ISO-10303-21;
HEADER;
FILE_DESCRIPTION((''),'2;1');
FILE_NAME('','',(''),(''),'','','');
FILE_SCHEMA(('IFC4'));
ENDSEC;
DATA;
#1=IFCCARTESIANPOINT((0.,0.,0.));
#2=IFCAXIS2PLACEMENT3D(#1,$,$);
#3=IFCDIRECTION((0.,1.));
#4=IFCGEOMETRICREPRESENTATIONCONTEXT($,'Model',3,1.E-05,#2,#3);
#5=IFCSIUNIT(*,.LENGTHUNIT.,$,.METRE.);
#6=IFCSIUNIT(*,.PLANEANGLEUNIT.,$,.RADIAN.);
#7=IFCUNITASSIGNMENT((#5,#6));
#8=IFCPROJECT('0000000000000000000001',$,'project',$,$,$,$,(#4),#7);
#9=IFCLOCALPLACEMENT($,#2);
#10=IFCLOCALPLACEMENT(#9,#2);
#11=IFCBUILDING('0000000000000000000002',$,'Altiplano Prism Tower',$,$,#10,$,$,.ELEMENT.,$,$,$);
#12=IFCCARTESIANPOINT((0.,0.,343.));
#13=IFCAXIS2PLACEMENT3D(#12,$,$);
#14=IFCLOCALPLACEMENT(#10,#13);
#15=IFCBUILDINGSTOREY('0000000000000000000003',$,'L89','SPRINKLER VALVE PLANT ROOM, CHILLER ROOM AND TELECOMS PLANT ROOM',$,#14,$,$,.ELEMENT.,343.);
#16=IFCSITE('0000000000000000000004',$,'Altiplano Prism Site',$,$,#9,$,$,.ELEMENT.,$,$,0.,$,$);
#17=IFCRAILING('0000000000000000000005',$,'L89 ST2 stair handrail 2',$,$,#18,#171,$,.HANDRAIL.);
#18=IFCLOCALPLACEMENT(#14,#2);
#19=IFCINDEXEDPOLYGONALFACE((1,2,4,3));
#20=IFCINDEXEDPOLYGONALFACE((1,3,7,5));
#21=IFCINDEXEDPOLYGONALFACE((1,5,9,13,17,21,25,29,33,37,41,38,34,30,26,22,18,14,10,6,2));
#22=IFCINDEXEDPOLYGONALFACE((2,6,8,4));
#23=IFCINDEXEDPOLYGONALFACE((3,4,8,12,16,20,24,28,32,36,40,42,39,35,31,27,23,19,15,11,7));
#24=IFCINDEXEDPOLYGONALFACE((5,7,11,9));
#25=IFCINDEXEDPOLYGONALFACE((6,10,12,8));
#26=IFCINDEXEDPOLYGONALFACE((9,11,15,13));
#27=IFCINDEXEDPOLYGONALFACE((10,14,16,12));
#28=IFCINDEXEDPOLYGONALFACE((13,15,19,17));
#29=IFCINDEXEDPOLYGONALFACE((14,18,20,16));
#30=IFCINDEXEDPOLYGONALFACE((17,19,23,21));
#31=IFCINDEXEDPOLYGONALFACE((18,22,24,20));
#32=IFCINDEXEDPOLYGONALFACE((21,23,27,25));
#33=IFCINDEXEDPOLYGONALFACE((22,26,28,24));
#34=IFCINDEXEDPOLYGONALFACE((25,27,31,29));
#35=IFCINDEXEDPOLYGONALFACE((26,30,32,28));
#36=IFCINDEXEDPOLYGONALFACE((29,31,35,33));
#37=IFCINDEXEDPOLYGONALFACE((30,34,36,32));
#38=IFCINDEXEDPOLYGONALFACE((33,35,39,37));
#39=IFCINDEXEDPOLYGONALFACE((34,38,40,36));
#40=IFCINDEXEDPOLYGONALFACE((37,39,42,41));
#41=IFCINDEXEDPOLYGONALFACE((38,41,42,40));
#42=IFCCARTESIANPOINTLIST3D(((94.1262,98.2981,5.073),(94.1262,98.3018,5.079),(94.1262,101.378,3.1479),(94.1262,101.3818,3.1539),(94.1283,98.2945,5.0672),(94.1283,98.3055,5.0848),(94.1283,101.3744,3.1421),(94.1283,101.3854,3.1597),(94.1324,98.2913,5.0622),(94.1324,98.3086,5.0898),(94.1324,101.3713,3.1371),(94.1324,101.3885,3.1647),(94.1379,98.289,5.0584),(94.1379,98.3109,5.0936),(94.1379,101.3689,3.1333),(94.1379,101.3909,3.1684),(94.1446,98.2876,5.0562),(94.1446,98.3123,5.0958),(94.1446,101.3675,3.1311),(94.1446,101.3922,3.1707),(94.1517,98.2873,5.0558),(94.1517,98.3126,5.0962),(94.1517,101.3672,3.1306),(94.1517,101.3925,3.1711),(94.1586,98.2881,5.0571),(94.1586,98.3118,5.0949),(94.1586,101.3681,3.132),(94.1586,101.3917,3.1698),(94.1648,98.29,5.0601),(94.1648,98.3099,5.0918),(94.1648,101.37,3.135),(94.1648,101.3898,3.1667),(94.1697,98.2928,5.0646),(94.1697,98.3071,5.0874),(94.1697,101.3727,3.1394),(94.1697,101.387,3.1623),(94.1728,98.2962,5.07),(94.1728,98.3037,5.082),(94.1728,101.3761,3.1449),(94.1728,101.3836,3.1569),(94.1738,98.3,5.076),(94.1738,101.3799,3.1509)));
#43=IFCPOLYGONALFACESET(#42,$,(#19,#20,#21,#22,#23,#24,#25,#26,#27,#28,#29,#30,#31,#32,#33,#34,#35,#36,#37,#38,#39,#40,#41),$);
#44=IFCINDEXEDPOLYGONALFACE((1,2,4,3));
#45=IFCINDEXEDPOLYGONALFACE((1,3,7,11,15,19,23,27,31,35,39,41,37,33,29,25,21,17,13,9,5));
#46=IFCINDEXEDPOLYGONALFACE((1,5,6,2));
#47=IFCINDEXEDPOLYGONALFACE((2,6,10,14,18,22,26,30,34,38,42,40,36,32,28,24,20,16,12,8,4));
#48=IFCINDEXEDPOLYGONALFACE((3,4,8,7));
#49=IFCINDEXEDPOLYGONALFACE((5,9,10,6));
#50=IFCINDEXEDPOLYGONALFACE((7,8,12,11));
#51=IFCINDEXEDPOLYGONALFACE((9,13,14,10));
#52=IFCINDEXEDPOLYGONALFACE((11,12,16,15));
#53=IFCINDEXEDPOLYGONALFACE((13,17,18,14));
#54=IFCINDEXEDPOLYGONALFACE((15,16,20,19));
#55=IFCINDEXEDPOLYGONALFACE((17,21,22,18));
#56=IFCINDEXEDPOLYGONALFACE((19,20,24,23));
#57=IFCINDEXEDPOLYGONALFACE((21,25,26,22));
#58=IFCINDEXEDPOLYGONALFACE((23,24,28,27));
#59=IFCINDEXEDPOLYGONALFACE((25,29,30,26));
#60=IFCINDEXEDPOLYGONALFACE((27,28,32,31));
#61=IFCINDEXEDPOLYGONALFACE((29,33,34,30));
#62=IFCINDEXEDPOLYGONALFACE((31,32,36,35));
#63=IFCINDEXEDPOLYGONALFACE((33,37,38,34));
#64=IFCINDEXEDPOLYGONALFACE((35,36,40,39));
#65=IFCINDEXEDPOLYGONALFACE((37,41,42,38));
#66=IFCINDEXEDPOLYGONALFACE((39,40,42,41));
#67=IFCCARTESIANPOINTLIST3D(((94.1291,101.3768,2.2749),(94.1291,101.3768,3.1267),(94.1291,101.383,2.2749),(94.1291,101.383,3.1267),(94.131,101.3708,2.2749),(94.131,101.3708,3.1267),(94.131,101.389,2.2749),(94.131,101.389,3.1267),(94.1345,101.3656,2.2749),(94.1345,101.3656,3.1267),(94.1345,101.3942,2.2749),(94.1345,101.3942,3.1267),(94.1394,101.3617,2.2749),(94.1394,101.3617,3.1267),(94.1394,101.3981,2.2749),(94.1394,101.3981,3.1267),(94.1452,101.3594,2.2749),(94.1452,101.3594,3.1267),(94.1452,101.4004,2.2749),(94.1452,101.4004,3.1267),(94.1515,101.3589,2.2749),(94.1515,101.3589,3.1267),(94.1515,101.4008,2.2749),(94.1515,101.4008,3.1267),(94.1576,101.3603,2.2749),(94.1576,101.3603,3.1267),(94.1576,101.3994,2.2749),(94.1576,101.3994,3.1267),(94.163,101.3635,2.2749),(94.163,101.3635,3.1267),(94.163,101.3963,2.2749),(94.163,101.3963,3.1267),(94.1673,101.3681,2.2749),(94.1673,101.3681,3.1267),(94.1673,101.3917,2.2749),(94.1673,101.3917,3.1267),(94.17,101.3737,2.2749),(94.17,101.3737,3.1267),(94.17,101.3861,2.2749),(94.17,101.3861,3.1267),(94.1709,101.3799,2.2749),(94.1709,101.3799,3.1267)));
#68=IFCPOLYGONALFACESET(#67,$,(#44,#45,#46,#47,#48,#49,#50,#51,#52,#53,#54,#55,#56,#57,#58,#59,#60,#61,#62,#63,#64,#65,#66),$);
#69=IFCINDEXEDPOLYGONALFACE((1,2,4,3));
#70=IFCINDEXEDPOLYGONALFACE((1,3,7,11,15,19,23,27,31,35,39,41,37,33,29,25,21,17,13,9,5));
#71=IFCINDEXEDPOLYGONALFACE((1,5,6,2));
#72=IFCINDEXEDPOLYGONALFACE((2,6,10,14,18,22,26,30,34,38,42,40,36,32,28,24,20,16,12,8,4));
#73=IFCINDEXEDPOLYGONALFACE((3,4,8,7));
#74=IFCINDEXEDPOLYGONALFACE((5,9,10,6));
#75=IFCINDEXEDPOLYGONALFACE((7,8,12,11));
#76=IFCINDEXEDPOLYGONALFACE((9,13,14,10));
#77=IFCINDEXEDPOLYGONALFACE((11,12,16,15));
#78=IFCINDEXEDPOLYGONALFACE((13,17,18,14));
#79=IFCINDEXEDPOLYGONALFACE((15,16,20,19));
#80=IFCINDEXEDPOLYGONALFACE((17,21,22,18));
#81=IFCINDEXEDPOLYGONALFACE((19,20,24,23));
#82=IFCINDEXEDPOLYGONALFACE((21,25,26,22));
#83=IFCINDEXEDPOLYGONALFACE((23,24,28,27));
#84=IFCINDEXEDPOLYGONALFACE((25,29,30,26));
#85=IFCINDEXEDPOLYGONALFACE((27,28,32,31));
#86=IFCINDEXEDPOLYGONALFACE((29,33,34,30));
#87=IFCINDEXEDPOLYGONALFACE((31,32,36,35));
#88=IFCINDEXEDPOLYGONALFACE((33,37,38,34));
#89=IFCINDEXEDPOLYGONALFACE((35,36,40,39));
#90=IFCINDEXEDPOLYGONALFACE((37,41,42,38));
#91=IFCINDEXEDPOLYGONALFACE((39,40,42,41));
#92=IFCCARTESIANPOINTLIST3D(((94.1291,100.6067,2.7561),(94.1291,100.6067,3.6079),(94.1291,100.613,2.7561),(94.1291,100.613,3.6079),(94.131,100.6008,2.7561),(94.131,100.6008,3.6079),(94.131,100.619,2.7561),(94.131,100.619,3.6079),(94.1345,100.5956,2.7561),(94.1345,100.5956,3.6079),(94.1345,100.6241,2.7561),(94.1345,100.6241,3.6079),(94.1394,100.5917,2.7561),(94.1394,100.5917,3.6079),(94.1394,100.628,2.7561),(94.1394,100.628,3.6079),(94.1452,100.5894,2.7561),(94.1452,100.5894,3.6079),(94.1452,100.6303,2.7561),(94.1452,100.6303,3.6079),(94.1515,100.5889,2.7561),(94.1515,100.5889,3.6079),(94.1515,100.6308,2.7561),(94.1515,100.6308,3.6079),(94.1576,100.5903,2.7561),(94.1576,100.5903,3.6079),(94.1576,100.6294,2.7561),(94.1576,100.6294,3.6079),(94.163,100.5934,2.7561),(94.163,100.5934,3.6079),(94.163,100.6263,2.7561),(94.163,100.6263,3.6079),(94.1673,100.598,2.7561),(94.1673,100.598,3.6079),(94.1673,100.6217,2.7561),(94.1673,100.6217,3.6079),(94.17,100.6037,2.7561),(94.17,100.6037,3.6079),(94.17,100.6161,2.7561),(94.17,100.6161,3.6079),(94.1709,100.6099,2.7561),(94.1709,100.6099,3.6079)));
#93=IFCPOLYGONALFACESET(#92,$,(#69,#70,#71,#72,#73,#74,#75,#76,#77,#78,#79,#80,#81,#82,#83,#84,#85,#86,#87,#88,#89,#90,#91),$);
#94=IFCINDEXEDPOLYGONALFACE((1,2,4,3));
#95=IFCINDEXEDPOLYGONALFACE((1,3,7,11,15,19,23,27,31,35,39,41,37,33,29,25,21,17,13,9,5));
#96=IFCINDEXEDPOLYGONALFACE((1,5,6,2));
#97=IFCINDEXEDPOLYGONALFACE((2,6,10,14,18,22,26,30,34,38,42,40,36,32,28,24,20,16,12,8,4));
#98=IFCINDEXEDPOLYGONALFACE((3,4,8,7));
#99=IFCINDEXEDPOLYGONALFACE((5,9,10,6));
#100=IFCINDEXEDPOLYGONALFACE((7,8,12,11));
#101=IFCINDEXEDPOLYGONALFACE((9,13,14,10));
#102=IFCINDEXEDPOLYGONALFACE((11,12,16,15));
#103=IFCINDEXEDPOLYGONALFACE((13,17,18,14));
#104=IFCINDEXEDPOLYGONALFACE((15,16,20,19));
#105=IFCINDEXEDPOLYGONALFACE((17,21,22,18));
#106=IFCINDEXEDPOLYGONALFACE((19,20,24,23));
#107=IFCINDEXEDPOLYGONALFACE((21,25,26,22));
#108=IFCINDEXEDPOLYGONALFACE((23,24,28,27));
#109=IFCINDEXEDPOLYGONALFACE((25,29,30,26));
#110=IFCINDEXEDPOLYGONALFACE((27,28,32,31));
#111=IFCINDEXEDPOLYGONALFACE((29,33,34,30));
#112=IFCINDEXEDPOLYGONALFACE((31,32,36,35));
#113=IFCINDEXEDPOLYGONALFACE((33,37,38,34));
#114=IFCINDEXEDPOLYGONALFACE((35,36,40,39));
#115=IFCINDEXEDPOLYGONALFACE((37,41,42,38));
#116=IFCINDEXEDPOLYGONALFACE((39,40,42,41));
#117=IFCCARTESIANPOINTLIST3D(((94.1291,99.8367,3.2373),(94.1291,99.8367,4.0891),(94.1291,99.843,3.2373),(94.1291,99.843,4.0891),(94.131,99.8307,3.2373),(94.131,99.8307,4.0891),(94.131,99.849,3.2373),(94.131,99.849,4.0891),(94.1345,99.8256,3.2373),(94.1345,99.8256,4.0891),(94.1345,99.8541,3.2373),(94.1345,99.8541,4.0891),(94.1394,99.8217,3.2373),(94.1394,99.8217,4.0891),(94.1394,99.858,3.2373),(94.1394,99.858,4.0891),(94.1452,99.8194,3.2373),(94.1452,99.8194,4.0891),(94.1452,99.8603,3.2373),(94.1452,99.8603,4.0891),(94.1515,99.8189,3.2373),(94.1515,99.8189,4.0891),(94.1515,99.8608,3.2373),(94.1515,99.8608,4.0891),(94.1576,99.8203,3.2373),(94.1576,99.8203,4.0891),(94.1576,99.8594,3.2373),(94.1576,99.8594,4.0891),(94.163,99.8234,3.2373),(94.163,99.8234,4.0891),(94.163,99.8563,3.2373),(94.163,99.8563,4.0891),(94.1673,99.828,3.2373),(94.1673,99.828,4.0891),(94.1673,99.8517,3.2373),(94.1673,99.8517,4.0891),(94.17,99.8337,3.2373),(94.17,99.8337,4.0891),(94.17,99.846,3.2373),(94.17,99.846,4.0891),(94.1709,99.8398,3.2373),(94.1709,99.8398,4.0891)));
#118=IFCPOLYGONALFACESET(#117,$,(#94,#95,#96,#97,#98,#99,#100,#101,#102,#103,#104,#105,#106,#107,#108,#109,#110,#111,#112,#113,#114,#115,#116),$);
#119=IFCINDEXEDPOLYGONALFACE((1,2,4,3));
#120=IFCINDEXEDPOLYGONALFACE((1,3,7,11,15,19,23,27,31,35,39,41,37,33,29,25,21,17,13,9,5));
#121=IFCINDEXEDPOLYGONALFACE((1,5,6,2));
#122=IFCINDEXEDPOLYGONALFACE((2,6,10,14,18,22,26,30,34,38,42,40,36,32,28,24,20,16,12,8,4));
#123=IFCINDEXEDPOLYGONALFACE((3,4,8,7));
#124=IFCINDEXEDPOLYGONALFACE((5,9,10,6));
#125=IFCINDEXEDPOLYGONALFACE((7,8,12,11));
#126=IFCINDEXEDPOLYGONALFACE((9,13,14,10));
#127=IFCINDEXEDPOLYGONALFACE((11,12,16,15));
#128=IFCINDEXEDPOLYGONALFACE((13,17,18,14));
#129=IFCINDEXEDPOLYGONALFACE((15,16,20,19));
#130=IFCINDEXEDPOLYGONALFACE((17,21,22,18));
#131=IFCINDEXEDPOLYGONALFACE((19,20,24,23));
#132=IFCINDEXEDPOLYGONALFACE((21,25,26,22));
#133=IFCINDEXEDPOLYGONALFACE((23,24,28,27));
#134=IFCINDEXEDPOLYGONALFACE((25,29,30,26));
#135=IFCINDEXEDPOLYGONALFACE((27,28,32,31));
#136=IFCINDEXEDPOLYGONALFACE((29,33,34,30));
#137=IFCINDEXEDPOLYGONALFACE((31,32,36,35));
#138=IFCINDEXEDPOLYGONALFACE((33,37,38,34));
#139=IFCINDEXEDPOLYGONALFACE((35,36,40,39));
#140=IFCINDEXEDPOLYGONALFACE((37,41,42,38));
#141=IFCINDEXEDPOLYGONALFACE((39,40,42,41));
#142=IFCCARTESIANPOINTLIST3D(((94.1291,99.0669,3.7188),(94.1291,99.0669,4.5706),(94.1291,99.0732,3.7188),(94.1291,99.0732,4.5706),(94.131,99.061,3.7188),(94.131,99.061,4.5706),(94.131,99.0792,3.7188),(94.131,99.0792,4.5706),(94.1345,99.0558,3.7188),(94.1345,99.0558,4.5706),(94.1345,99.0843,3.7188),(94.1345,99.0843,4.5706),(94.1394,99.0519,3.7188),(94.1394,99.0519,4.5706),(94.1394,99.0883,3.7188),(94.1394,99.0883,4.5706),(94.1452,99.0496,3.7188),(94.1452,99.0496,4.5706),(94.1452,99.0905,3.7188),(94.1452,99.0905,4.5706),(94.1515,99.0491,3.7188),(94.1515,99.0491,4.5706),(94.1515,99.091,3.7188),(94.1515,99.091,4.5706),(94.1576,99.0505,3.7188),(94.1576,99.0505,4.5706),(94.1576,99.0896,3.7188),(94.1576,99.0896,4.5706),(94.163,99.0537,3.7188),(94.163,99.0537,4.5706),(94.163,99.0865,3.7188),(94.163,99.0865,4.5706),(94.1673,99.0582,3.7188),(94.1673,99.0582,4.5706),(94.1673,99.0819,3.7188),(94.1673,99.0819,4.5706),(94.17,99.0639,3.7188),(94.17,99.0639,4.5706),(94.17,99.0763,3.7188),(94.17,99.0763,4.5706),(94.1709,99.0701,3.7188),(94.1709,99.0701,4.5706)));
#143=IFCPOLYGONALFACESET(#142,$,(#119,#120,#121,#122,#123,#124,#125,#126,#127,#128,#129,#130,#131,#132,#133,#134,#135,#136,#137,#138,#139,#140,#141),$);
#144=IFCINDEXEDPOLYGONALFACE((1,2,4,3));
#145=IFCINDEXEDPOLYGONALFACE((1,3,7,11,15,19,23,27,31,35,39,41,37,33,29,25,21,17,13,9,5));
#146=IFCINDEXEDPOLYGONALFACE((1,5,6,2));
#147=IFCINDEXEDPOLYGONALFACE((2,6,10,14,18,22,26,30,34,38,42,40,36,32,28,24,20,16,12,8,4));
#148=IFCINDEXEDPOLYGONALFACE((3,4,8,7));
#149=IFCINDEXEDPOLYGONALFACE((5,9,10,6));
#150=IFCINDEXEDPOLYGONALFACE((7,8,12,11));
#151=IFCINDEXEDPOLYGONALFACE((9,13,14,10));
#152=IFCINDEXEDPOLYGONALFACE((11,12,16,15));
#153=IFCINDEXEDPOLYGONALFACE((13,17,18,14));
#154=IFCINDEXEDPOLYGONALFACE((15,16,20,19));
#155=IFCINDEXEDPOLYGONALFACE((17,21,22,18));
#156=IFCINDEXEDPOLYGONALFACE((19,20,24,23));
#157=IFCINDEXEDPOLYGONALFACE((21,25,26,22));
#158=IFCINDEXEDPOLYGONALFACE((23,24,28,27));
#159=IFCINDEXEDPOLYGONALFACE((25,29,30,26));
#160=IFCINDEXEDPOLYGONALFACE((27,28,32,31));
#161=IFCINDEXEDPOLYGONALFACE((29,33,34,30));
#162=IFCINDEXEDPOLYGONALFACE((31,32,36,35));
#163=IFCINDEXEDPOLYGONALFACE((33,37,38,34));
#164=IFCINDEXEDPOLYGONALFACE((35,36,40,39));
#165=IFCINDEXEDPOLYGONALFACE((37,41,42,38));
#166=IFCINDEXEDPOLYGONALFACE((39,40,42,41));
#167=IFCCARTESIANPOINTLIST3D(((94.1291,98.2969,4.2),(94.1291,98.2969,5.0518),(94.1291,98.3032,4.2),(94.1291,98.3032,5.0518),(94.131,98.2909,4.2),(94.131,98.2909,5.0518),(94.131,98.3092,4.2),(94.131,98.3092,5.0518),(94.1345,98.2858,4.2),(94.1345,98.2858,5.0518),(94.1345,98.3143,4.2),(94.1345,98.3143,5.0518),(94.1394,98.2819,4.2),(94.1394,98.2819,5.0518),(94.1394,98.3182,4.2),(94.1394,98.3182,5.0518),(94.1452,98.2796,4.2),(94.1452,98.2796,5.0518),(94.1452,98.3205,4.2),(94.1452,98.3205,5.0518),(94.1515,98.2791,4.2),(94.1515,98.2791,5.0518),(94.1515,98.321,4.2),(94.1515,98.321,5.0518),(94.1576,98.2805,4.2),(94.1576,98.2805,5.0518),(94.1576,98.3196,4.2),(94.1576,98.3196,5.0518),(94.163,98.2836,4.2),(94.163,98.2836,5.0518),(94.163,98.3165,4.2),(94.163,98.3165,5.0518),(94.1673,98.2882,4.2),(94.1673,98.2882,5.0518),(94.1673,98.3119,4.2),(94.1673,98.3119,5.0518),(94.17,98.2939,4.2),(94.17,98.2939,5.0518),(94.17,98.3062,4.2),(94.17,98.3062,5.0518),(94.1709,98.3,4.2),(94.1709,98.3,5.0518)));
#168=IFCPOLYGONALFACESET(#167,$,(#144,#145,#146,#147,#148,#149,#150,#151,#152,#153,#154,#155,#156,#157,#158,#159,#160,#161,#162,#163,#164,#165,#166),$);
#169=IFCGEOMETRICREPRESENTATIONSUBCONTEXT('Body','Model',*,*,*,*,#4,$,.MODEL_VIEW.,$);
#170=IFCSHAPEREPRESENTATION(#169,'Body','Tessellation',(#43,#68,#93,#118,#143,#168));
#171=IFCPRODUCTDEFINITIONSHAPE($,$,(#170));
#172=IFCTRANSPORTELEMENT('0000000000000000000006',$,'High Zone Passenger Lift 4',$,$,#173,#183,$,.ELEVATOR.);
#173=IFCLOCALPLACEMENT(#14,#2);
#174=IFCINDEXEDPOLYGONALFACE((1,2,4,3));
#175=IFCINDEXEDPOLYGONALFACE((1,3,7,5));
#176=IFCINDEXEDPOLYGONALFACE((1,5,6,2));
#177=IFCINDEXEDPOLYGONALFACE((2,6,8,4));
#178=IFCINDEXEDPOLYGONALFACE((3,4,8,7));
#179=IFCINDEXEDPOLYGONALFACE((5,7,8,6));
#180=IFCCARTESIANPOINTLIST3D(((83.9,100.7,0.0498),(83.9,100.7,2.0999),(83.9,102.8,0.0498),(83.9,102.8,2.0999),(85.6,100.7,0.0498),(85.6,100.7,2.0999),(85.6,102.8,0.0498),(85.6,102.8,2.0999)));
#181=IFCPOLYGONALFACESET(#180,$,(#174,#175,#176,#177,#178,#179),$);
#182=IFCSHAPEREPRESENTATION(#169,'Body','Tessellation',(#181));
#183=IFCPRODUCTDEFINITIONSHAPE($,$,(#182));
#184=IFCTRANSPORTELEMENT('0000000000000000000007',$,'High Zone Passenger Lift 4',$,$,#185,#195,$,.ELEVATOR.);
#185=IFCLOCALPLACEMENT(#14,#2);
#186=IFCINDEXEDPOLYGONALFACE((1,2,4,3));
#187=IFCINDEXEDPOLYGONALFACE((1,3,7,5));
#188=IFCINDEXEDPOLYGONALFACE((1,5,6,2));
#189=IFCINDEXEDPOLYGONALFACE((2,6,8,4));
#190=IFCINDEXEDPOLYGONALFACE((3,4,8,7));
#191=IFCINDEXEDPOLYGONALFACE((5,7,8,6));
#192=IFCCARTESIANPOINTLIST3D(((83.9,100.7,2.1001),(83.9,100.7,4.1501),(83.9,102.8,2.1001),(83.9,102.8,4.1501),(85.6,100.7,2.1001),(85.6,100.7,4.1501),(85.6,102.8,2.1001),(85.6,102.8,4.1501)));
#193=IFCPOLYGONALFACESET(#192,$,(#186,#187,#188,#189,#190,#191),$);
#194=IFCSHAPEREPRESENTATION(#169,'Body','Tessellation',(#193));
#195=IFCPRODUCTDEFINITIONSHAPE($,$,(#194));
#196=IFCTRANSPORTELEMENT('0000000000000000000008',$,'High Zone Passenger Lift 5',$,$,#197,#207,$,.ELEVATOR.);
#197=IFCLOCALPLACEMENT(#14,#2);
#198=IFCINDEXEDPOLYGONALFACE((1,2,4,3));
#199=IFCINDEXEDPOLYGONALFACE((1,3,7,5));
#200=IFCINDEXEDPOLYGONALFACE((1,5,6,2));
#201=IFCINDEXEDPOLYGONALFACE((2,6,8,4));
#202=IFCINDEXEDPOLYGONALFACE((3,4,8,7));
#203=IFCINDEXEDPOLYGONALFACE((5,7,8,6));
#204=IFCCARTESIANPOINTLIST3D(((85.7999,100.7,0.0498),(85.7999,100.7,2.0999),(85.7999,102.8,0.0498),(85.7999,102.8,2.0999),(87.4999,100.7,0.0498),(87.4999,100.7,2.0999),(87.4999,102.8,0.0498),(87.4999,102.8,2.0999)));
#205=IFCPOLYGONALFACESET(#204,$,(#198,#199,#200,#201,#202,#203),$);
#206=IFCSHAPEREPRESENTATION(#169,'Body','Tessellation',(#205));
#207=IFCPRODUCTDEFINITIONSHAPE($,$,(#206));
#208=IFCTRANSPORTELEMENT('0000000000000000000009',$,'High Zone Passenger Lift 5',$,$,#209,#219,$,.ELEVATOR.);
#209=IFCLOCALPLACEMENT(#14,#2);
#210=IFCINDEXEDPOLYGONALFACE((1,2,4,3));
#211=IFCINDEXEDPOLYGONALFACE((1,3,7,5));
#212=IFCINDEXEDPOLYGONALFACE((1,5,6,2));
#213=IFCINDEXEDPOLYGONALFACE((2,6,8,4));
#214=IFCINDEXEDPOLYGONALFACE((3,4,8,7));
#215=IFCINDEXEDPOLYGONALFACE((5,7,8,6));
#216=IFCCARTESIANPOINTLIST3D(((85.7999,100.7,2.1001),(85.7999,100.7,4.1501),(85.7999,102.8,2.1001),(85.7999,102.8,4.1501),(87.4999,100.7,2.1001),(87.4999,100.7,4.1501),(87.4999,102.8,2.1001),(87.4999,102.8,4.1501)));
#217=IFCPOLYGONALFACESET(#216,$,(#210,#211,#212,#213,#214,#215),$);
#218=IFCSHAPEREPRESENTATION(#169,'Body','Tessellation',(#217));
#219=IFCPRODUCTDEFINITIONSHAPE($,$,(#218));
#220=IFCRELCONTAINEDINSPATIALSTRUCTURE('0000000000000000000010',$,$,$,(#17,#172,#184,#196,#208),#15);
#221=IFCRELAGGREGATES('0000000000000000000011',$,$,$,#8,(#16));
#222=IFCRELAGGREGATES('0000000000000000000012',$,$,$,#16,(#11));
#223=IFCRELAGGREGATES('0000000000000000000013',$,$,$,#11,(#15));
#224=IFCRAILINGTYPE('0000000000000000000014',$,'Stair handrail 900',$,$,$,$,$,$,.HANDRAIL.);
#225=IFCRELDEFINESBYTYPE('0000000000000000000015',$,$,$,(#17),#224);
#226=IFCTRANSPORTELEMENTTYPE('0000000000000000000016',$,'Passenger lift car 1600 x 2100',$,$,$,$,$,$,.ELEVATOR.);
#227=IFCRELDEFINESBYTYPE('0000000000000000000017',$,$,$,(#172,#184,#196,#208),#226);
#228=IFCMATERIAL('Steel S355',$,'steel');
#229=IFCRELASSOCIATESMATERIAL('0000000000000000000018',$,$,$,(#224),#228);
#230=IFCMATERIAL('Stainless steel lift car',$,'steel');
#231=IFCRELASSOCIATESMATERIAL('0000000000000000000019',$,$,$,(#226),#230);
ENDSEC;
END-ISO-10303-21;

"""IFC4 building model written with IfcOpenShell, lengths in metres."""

from ifc_helpers import new_model, si_unit, direction, frame, origin, origin_2d, place, context, subcontext, project, spatial, rectangle, circle, extrude, material, type_object, element, save


model = new_model("IFC4")

# Units and contexts
model_context = context("Model", 3, precision=1e-05, world=origin(), true_north=direction((0.0, 1.0)))
body_context = subcontext(model_context, "Body", "Model", "MODEL_VIEW")
ifc_project = project(units=[si_unit("LENGTHUNIT", "METRE"), si_unit("PLANEANGLEUNIT", "RADIAN")], contexts=[model_context])

# Site, building, storey
site_placement = place(None, origin())
site = spatial("IfcSite", under=ifc_project, at=site_placement, Name="Altiplano Prism Site", CompositionType="ELEMENT", RefElevation=0.0)
building_placement = place(site_placement, origin())
building = spatial("IfcBuilding", under=site, at=building_placement, Name="Altiplano Prism Tower", CompositionType="ELEMENT")
storey_placement = place(building_placement, frame((0.0, 0.0, 343.0)))
storey = spatial("IfcBuildingStorey", under=building, at=storey_placement, Name="L89", Description="SPRINKLER VALVE PLANT ROOM, CHILLER ROOM AND TELECOMS PLANT ROOM", CompositionType="ELEMENT", Elevation=343.0)

# Railing
ifc_material_1 = material(Name="Steel S355", Category="steel")
railing_type_1 = type_object("IfcRailingType", Name="Stair handrail 900", PredefinedType="HANDRAIL", material=ifc_material_1)
railing_1_placement = place(storey_placement, frame((94.1499, 101.3799, 2.2749)))
element("IfcRailing", 1, at=railing_1_placement, inside=storey, type_object=railing_type_1, Name="L89 ST2 stair handrail 2", PredefinedType="HANDRAIL", context=body_context, shape_type="SweptSolid", body=[
    extrude(circle(Radius=0.0239, at=origin_2d()), frame((0.0, 0.0, 0.876), z_axis=(0.0, -0.847979, 0.530029), x_axis=(1.0, 0.0, 0.0)), (0.0, 0.0, 1.0), 3.6321),
    extrude(circle(Radius=0.021, at=origin_2d()), origin(), (0.0, 0.0, 1.0), 0.8518),
    extrude(circle(Radius=0.021, at=origin_2d()), frame((0.0, -0.77, 0.4812)), (0.0, 0.0, 1.0), 0.8518),
    extrude(circle(Radius=0.021, at=origin_2d()), frame((0.0, -1.54, 0.9624)), (0.0, 0.0, 1.0), 0.8518),
    extrude(circle(Radius=0.021, at=origin_2d()), frame((0.0, -2.3098, 1.4438)), (0.0, 0.0, 1.0), 0.8518),
    extrude(circle(Radius=0.021, at=origin_2d()), frame((0.0, -3.0798, 1.925)), (0.0, 0.0, 1.0), 0.8518),
])

# Transport elements
ifc_material_2 = material(Name="Stainless steel lift car", Category="steel")
transport_element_type = type_object("IfcTransportElementType", Name="Passenger lift car 1600 x 2100", PredefinedType="ELEVATOR", material=ifc_material_2)
for number, where, z_axis, x_axis, name in (
    (2, (84.75, 101.75, 0.0498), (0.0, 0.0, 1.0), (1.0, 0.0, 0.0), "High Zone Passenger Lift 4"),
    (3, (84.75, 101.75, 2.1001), (0.0, 0.0, 1.0), (1.0, 0.0, 0.0), "High Zone Passenger Lift 4"),
    (4, (86.6499, 101.75, 0.0498), (0.0, 0.0, 1.0), (1.0, 0.0, 0.0), "High Zone Passenger Lift 5"),
    (5, (86.6499, 101.75, 2.1001), (0.0, 0.0, 1.0), (1.0, 0.0, 0.0), "High Zone Passenger Lift 5"),
):
    element("IfcTransportElement", number, at=place(storey_placement, frame(where, z_axis=z_axis, x_axis=x_axis)), inside=storey, type_object=transport_element_type, Name=name, PredefinedType="ELEVATOR", context=body_context, shape_type="SweptSolid", body=[
        extrude(rectangle(XDim=1.7, YDim=2.1001, at=origin_2d()), origin(), (0.0, 0.0, 1.0), 2.05),
    ])

save(model, "model.ifc")
